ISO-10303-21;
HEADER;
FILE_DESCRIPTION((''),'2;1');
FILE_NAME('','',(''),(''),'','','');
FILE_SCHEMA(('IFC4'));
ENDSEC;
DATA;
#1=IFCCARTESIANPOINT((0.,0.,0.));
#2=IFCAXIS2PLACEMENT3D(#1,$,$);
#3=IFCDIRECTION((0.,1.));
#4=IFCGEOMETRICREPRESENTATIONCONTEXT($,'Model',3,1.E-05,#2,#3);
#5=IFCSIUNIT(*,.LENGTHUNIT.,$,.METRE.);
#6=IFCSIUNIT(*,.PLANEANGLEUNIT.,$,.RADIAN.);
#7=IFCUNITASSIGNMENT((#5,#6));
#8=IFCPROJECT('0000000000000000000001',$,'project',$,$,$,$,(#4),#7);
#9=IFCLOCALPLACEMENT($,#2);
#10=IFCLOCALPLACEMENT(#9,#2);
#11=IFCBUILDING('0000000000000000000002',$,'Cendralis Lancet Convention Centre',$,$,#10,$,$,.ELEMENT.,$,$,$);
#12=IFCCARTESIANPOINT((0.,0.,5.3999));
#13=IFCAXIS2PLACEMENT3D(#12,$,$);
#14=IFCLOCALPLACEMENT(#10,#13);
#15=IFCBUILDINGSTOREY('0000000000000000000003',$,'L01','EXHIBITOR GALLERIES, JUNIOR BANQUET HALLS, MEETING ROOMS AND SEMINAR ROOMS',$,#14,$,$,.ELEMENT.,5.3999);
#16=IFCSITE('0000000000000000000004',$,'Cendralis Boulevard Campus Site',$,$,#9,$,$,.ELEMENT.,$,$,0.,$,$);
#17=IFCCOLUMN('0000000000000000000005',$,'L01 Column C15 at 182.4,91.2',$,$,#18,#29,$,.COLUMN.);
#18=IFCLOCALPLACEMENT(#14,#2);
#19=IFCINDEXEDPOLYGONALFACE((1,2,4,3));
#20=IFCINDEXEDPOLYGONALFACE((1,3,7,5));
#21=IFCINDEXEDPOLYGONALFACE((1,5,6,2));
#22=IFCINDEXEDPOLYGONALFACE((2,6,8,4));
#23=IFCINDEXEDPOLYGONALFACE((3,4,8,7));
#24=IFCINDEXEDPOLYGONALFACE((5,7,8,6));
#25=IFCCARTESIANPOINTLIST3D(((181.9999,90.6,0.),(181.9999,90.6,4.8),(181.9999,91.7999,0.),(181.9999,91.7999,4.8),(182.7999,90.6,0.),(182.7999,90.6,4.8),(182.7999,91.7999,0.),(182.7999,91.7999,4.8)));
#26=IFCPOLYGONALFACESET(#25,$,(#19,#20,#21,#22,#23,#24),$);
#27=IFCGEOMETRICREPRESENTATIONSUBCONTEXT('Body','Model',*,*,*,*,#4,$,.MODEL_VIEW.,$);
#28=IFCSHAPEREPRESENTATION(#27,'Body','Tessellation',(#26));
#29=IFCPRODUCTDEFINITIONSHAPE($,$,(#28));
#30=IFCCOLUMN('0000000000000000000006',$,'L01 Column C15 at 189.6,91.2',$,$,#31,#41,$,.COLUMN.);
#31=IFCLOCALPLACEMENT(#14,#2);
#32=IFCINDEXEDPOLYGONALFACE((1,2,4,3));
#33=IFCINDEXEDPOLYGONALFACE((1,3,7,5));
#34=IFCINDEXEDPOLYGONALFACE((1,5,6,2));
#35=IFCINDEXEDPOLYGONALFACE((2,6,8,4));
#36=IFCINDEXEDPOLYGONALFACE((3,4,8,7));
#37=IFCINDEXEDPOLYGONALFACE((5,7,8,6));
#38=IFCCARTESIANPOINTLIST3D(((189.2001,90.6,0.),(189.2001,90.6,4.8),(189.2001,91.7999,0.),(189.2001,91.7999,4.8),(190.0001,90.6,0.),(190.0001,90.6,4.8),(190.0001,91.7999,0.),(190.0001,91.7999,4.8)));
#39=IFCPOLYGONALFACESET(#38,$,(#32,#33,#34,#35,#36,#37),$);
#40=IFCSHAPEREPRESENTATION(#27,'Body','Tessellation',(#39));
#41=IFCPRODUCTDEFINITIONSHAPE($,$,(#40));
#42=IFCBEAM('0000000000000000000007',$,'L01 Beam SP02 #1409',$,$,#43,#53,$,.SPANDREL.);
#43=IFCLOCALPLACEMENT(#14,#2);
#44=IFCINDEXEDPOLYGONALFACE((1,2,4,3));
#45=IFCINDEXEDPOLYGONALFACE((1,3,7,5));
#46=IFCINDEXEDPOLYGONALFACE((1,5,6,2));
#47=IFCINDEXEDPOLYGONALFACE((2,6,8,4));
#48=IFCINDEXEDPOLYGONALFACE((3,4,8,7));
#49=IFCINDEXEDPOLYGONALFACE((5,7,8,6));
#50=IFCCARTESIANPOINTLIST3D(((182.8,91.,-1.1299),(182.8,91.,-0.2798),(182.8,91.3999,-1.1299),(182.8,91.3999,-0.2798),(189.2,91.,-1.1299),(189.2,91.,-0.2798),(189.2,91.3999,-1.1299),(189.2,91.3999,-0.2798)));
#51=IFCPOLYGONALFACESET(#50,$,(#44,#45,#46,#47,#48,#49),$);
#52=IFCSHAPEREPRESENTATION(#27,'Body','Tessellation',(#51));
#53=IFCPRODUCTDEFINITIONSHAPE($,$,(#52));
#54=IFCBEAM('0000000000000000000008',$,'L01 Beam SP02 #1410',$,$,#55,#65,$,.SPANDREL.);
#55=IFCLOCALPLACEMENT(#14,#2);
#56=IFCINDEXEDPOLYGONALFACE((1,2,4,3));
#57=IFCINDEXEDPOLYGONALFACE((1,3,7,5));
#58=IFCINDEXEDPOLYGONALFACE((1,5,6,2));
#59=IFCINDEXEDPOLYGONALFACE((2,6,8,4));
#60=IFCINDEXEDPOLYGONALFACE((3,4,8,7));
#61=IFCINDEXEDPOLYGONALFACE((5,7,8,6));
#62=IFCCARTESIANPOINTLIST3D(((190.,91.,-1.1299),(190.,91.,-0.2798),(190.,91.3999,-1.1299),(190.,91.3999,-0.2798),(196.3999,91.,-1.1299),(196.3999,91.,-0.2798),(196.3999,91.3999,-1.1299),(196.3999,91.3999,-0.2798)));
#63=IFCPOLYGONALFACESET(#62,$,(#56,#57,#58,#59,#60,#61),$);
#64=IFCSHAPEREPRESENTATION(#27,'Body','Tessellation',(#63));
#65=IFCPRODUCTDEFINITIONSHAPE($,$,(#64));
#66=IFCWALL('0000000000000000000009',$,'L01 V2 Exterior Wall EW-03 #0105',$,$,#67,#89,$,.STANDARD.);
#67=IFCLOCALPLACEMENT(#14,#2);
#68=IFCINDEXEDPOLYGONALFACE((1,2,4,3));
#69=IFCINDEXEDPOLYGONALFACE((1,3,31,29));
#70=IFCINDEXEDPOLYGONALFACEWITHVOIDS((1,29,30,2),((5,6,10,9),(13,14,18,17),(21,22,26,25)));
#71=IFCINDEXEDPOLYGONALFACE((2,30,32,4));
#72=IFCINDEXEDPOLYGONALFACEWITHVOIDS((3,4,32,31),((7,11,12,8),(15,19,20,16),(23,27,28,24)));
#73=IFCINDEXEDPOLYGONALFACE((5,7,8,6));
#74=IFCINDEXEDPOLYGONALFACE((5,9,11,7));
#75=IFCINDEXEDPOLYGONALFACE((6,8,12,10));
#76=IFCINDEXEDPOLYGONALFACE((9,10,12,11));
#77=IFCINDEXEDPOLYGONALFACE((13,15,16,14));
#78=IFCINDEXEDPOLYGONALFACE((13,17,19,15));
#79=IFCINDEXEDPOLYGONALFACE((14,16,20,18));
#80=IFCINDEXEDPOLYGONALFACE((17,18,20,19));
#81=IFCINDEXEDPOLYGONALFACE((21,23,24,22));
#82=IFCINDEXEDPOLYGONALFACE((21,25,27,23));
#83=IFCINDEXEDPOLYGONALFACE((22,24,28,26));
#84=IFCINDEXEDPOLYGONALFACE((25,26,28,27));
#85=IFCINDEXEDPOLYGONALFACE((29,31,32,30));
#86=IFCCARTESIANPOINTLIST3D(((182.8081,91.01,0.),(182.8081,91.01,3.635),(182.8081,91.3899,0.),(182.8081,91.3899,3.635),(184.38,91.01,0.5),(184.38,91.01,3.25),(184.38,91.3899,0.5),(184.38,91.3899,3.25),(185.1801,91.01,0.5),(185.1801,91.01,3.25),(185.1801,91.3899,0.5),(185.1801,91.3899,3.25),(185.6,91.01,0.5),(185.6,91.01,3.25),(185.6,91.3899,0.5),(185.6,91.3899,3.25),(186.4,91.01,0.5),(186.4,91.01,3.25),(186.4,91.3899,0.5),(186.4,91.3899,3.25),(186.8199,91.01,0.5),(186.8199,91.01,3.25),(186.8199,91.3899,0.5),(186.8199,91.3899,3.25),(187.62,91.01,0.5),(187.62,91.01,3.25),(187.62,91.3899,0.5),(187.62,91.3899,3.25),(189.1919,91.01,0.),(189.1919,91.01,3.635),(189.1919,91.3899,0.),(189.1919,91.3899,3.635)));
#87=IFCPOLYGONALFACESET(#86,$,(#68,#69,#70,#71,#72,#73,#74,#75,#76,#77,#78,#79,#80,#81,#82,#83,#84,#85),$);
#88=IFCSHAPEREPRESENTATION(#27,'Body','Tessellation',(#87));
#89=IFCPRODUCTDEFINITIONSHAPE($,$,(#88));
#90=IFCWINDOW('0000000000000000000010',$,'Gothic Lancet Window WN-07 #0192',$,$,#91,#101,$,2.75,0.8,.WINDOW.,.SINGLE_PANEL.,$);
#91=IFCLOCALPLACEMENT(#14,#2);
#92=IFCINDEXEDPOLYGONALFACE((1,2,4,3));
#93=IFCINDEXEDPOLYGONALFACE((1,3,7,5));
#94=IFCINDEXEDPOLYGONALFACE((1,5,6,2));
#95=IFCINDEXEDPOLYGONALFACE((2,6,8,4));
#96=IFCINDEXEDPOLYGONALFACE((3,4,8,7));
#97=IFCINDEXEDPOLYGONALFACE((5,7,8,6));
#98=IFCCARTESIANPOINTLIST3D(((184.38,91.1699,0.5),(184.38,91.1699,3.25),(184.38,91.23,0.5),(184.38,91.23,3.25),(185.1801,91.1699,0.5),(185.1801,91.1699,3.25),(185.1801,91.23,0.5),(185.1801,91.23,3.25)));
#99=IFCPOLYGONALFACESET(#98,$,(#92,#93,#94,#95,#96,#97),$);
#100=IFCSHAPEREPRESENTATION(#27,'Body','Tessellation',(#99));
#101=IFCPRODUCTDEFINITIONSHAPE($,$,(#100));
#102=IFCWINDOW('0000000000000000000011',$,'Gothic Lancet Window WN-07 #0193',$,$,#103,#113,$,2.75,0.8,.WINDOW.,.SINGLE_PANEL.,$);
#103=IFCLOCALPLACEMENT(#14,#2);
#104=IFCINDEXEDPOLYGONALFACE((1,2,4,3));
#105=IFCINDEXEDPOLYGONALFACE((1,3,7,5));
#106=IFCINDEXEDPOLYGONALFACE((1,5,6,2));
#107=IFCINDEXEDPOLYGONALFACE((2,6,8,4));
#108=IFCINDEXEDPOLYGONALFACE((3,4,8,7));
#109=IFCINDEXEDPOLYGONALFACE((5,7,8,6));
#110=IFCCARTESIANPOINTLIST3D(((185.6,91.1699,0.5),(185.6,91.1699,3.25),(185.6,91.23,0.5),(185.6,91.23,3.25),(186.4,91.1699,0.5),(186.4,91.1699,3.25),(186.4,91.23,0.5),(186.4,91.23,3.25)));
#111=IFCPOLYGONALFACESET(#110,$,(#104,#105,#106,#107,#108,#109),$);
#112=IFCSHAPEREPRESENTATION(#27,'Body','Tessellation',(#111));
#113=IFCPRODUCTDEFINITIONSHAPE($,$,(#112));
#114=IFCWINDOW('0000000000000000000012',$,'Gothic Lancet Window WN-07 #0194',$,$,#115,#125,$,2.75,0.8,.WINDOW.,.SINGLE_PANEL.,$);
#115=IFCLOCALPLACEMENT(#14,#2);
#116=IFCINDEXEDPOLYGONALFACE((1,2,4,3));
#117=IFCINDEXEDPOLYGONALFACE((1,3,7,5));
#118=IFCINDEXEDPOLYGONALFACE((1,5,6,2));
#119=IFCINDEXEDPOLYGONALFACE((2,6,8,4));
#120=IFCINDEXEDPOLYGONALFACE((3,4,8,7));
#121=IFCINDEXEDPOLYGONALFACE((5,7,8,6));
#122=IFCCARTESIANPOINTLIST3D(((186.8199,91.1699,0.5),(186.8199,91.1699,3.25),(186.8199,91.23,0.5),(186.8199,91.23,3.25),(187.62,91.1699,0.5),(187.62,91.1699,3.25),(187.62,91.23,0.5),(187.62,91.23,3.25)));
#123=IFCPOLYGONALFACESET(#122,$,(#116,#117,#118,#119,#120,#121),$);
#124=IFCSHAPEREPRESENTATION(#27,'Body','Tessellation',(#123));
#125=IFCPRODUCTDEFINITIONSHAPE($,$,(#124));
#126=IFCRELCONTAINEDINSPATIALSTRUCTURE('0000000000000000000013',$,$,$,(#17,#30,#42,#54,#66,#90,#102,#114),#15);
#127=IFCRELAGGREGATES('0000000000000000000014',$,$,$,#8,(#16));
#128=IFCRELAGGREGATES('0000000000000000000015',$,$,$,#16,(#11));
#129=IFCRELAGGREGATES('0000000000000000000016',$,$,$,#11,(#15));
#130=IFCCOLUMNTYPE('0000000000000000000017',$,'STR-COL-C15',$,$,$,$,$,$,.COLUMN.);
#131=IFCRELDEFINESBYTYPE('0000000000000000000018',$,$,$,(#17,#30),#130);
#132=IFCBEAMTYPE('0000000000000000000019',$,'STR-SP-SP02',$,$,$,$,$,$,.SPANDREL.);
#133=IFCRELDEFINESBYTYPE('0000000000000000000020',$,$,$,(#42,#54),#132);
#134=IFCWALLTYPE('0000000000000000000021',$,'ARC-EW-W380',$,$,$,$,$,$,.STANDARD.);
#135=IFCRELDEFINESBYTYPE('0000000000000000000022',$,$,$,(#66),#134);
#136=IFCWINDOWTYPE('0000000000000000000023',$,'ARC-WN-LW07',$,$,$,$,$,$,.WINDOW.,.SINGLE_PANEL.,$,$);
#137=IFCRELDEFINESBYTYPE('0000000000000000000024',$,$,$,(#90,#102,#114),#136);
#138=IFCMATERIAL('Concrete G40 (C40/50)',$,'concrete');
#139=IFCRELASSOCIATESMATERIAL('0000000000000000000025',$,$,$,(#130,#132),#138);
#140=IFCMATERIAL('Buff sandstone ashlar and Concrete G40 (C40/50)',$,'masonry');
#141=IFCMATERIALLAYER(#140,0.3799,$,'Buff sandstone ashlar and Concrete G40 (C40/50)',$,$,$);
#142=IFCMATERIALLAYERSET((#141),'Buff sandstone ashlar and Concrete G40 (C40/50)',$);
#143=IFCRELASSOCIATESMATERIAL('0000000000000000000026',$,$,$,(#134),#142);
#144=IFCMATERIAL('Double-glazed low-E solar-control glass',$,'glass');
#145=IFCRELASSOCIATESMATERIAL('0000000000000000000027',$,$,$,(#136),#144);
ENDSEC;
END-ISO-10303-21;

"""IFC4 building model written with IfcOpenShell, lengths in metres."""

from ifc_helpers import new_model, si_unit, direction, frame, frame_2d, origin, origin_2d, place, context, subcontext, project, spatial, rectangle, extrude, material, layer, layer_set, material_profile, profile_set, type_object, element, fill, save


model = new_model("IFC4")

# Units and contexts
model_context = context("Model", 3, precision=1e-05, world=origin(), true_north=direction((0.0, 1.0)))
body_context = subcontext(model_context, "Body", "Model", "MODEL_VIEW")
ifc_project = project(units=[si_unit("LENGTHUNIT", "METRE"), si_unit("PLANEANGLEUNIT", "RADIAN")], contexts=[model_context])

# Site, building, storey
site_placement = place(None, origin())
site = spatial("IfcSite", under=ifc_project, at=site_placement, Name="Cendralis Boulevard Campus Site", CompositionType="ELEMENT", RefElevation=0.0)
building_placement = place(site_placement, origin())
building = spatial("IfcBuilding", under=site, at=building_placement, Name="Cendralis Lancet Convention Centre", CompositionType="ELEMENT")
storey_placement = place(building_placement, frame((0.0, 0.0, 5.3999)))
storey = spatial("IfcBuildingStorey", under=building, at=storey_placement, Name="L01", Description="EXHIBITOR GALLERIES, JUNIOR BANQUET HALLS, MEETING ROOMS AND SEMINAR ROOMS", CompositionType="ELEMENT", Elevation=5.3999)

# Columns
ifc_material_1 = material(Name="Concrete G40 (C40/50)", Category="concrete")
ifc_material_profile_1 = material_profile(ifc_material_1, rectangle(XDim=0.8, YDim=1.2, at=origin_2d()), Name="RC 800x1200")
ifc_profile_set_1 = profile_set([ifc_material_profile_1], Name="Concrete G40 (C40/50)")
column_type = type_object("IfcColumnType", Name="STR-COL-C15", PredefinedType="COLUMN", material=ifc_profile_set_1)
for number, where, z_axis, x_axis, name in (
    (1, (182.3999, 91.2, 0.0), (0.0, 0.0, 1.0), (1.0, 0.0, 0.0), "L01 Column C15 at 182.4,91.2"),
    (2, (189.6001, 91.2, 0.0), (0.0, 0.0, 1.0), (1.0, 0.0, 0.0), "L01 Column C15 at 189.6,91.2"),
):
    element("IfcColumn", number, at=place(storey_placement, frame(where, z_axis=z_axis, x_axis=x_axis)), inside=storey, type_object=column_type, Name=name, PredefinedType="COLUMN", context=body_context, shape_type="SweptSolid", body=[
        extrude(rectangle(XDim=0.8, YDim=1.2, at=origin_2d()), origin(), (0.0, 0.0, 1.0), 4.8),
    ])

# Beams
ifc_material_profile_2 = material_profile(ifc_material_1, rectangle(XDim=0.3999, YDim=0.8501, at=origin_2d()), Name="RCB 400x850")
ifc_profile_set_2 = profile_set([ifc_material_profile_2], Name="Concrete G40 (C40/50)")
beam_type = type_object("IfcBeamType", Name="STR-SP-SP02", PredefinedType="SPANDREL", material=ifc_profile_set_2)
for number, where, z_axis, x_axis, name in (
    (3, (182.8, 91.2, -0.7048), (1.0, 0.0, 0.0), (0.0, 1.0, 0.0), "L01 Beam SP02 #1409"),
    (4, (190.0, 91.2, -0.7048), (1.0, 0.0, 0.0), (0.0, 1.0, 0.0), "L01 Beam SP02 #1410"),
):
    element("IfcBeam", number, at=place(storey_placement, frame(where, z_axis=z_axis, x_axis=x_axis)), inside=storey, type_object=beam_type, Name=name, PredefinedType="SPANDREL", context=body_context, shape_type="SweptSolid", body=[
        extrude(rectangle(XDim=0.3999, YDim=0.8501, at=origin_2d()), origin(), (0.0, 0.0, 1.0), 6.3999),
    ])

# Wall, openings, windows
ifc_material_2 = material(Name="Buff sandstone ashlar and Concrete G40 (C40/50)", Category="masonry")
ifc_layer_1 = layer(ifc_material_2, 0.3799, Name="Buff sandstone ashlar and Concrete G40 (C40/50)")
ifc_layer_set_1 = layer_set([ifc_layer_1], Name="Buff sandstone ashlar and Concrete G40 (C40/50)")
wall_type = type_object("IfcWallType", Name="ARC-EW-W380", PredefinedType="STANDARD", material=ifc_layer_set_1)
wall_1_placement = place(storey_placement, frame((182.8081, 91.2, 0.0), z_axis=(0.0, 0.0, 1.0), x_axis=(1.0, 0.0, 0.0)))
wall_1 = element("IfcWall", 5, at=wall_1_placement, inside=storey, type_object=wall_type, Name="L01 V2 Exterior Wall EW-03 #0105", PredefinedType="STANDARD", context=body_context, shape_type="SweptSolid", body=[
    extrude(rectangle(XDim=6.3838, YDim=0.3799, at=frame_2d((3.1919, 0.0))), origin(), (0.0, 0.0, 1.0), 3.635),
])
opening_1_placement = place(wall_1_placement, frame((1.572, 0.0, 0.5)))
opening_1 = element("IfcOpeningElement", 6, at=opening_1_placement, cuts=wall_1, PredefinedType="OPENING", context=body_context, shape_type="SweptSolid", body=[
    extrude(rectangle(XDim=0.8, YDim=2.75, at=frame_2d((0.3999, 1.375))), frame((0.0, 0.2, 0.0), z_axis=(0.0, -1.0, 0.0), x_axis=(1.0, 0.0, 0.0)), (0.0, 0.0, 1.0), 0.3999),
])
opening_2_placement = place(wall_1_placement, frame((2.792, 0.0, 0.5)))
opening_2 = element("IfcOpeningElement", 7, at=opening_2_placement, cuts=wall_1, PredefinedType="OPENING", context=body_context, shape_type="SweptSolid", body=[
    extrude(rectangle(XDim=0.8, YDim=2.75, at=frame_2d((0.3999, 1.375))), frame((0.0, 0.2, 0.0), z_axis=(0.0, -1.0, 0.0), x_axis=(1.0, 0.0, 0.0)), (0.0, 0.0, 1.0), 0.3999),
])
opening_3_placement = place(wall_1_placement, frame((4.012, 0.0, 0.5)))
opening_3 = element("IfcOpeningElement", 8, at=opening_3_placement, cuts=wall_1, PredefinedType="OPENING", context=body_context, shape_type="SweptSolid", body=[
    extrude(rectangle(XDim=0.8, YDim=2.75, at=frame_2d((0.3999, 1.375))), frame((0.0, 0.2, 0.0), z_axis=(0.0, -1.0, 0.0), x_axis=(1.0, 0.0, 0.0)), (0.0, 0.0, 1.0), 0.3999),
])
ifc_material_3 = material(Name="Double-glazed low-E solar-control glass", Category="glass")
window_type_1 = type_object("IfcWindowType", Name="ARC-WN-LW07", PartitioningType="SINGLE_PANEL", PredefinedType="WINDOW", material=ifc_material_3)
window_1_placement = place(opening_1_placement, origin())
window_1 = element("IfcWindow", 9, at=window_1_placement, inside=storey, type_object=window_type_1, Name="Gothic Lancet Window WN-07 #0192", OverallHeight=2.75, OverallWidth=0.8, PartitioningType="SINGLE_PANEL", PredefinedType="WINDOW", context=body_context, shape_type="SweptSolid", body=[
    extrude(rectangle(XDim=0.8, YDim=2.75, at=frame_2d((0.3999, 1.375))), frame((0.0, 0.03, 0.0), z_axis=(0.0, -1.0, 0.0), x_axis=(1.0, 0.0, 0.0)), (0.0, 0.0, 1.0), 0.0601),
])
fill(opening_1, window_1)
window_2_placement = place(opening_2_placement, origin())
window_2 = element("IfcWindow", 10, at=window_2_placement, inside=storey, type_object=window_type_1, Name="Gothic Lancet Window WN-07 #0193", OverallHeight=2.75, OverallWidth=0.8, PartitioningType="SINGLE_PANEL", PredefinedType="WINDOW", context=body_context, shape_type="SweptSolid", body=[
    extrude(rectangle(XDim=0.8, YDim=2.75, at=frame_2d((0.3999, 1.375))), frame((0.0, 0.03, 0.0), z_axis=(0.0, -1.0, 0.0), x_axis=(1.0, 0.0, 0.0)), (0.0, 0.0, 1.0), 0.0601),
])
fill(opening_2, window_2)
window_3_placement = place(opening_3_placement, origin())
window_3 = element("IfcWindow", 11, at=window_3_placement, inside=storey, type_object=window_type_1, Name="Gothic Lancet Window WN-07 #0194", OverallHeight=2.75, OverallWidth=0.8, PartitioningType="SINGLE_PANEL", PredefinedType="WINDOW", context=body_context, shape_type="SweptSolid", body=[
    extrude(rectangle(XDim=0.8, YDim=2.75, at=frame_2d((0.3999, 1.375))), frame((0.0, 0.03, 0.0), z_axis=(0.0, -1.0, 0.0), x_axis=(1.0, 0.0, 0.0)), (0.0, 0.0, 1.0), 0.0601),
])
fill(opening_3, window_3)

save(model, "model.ifc")
